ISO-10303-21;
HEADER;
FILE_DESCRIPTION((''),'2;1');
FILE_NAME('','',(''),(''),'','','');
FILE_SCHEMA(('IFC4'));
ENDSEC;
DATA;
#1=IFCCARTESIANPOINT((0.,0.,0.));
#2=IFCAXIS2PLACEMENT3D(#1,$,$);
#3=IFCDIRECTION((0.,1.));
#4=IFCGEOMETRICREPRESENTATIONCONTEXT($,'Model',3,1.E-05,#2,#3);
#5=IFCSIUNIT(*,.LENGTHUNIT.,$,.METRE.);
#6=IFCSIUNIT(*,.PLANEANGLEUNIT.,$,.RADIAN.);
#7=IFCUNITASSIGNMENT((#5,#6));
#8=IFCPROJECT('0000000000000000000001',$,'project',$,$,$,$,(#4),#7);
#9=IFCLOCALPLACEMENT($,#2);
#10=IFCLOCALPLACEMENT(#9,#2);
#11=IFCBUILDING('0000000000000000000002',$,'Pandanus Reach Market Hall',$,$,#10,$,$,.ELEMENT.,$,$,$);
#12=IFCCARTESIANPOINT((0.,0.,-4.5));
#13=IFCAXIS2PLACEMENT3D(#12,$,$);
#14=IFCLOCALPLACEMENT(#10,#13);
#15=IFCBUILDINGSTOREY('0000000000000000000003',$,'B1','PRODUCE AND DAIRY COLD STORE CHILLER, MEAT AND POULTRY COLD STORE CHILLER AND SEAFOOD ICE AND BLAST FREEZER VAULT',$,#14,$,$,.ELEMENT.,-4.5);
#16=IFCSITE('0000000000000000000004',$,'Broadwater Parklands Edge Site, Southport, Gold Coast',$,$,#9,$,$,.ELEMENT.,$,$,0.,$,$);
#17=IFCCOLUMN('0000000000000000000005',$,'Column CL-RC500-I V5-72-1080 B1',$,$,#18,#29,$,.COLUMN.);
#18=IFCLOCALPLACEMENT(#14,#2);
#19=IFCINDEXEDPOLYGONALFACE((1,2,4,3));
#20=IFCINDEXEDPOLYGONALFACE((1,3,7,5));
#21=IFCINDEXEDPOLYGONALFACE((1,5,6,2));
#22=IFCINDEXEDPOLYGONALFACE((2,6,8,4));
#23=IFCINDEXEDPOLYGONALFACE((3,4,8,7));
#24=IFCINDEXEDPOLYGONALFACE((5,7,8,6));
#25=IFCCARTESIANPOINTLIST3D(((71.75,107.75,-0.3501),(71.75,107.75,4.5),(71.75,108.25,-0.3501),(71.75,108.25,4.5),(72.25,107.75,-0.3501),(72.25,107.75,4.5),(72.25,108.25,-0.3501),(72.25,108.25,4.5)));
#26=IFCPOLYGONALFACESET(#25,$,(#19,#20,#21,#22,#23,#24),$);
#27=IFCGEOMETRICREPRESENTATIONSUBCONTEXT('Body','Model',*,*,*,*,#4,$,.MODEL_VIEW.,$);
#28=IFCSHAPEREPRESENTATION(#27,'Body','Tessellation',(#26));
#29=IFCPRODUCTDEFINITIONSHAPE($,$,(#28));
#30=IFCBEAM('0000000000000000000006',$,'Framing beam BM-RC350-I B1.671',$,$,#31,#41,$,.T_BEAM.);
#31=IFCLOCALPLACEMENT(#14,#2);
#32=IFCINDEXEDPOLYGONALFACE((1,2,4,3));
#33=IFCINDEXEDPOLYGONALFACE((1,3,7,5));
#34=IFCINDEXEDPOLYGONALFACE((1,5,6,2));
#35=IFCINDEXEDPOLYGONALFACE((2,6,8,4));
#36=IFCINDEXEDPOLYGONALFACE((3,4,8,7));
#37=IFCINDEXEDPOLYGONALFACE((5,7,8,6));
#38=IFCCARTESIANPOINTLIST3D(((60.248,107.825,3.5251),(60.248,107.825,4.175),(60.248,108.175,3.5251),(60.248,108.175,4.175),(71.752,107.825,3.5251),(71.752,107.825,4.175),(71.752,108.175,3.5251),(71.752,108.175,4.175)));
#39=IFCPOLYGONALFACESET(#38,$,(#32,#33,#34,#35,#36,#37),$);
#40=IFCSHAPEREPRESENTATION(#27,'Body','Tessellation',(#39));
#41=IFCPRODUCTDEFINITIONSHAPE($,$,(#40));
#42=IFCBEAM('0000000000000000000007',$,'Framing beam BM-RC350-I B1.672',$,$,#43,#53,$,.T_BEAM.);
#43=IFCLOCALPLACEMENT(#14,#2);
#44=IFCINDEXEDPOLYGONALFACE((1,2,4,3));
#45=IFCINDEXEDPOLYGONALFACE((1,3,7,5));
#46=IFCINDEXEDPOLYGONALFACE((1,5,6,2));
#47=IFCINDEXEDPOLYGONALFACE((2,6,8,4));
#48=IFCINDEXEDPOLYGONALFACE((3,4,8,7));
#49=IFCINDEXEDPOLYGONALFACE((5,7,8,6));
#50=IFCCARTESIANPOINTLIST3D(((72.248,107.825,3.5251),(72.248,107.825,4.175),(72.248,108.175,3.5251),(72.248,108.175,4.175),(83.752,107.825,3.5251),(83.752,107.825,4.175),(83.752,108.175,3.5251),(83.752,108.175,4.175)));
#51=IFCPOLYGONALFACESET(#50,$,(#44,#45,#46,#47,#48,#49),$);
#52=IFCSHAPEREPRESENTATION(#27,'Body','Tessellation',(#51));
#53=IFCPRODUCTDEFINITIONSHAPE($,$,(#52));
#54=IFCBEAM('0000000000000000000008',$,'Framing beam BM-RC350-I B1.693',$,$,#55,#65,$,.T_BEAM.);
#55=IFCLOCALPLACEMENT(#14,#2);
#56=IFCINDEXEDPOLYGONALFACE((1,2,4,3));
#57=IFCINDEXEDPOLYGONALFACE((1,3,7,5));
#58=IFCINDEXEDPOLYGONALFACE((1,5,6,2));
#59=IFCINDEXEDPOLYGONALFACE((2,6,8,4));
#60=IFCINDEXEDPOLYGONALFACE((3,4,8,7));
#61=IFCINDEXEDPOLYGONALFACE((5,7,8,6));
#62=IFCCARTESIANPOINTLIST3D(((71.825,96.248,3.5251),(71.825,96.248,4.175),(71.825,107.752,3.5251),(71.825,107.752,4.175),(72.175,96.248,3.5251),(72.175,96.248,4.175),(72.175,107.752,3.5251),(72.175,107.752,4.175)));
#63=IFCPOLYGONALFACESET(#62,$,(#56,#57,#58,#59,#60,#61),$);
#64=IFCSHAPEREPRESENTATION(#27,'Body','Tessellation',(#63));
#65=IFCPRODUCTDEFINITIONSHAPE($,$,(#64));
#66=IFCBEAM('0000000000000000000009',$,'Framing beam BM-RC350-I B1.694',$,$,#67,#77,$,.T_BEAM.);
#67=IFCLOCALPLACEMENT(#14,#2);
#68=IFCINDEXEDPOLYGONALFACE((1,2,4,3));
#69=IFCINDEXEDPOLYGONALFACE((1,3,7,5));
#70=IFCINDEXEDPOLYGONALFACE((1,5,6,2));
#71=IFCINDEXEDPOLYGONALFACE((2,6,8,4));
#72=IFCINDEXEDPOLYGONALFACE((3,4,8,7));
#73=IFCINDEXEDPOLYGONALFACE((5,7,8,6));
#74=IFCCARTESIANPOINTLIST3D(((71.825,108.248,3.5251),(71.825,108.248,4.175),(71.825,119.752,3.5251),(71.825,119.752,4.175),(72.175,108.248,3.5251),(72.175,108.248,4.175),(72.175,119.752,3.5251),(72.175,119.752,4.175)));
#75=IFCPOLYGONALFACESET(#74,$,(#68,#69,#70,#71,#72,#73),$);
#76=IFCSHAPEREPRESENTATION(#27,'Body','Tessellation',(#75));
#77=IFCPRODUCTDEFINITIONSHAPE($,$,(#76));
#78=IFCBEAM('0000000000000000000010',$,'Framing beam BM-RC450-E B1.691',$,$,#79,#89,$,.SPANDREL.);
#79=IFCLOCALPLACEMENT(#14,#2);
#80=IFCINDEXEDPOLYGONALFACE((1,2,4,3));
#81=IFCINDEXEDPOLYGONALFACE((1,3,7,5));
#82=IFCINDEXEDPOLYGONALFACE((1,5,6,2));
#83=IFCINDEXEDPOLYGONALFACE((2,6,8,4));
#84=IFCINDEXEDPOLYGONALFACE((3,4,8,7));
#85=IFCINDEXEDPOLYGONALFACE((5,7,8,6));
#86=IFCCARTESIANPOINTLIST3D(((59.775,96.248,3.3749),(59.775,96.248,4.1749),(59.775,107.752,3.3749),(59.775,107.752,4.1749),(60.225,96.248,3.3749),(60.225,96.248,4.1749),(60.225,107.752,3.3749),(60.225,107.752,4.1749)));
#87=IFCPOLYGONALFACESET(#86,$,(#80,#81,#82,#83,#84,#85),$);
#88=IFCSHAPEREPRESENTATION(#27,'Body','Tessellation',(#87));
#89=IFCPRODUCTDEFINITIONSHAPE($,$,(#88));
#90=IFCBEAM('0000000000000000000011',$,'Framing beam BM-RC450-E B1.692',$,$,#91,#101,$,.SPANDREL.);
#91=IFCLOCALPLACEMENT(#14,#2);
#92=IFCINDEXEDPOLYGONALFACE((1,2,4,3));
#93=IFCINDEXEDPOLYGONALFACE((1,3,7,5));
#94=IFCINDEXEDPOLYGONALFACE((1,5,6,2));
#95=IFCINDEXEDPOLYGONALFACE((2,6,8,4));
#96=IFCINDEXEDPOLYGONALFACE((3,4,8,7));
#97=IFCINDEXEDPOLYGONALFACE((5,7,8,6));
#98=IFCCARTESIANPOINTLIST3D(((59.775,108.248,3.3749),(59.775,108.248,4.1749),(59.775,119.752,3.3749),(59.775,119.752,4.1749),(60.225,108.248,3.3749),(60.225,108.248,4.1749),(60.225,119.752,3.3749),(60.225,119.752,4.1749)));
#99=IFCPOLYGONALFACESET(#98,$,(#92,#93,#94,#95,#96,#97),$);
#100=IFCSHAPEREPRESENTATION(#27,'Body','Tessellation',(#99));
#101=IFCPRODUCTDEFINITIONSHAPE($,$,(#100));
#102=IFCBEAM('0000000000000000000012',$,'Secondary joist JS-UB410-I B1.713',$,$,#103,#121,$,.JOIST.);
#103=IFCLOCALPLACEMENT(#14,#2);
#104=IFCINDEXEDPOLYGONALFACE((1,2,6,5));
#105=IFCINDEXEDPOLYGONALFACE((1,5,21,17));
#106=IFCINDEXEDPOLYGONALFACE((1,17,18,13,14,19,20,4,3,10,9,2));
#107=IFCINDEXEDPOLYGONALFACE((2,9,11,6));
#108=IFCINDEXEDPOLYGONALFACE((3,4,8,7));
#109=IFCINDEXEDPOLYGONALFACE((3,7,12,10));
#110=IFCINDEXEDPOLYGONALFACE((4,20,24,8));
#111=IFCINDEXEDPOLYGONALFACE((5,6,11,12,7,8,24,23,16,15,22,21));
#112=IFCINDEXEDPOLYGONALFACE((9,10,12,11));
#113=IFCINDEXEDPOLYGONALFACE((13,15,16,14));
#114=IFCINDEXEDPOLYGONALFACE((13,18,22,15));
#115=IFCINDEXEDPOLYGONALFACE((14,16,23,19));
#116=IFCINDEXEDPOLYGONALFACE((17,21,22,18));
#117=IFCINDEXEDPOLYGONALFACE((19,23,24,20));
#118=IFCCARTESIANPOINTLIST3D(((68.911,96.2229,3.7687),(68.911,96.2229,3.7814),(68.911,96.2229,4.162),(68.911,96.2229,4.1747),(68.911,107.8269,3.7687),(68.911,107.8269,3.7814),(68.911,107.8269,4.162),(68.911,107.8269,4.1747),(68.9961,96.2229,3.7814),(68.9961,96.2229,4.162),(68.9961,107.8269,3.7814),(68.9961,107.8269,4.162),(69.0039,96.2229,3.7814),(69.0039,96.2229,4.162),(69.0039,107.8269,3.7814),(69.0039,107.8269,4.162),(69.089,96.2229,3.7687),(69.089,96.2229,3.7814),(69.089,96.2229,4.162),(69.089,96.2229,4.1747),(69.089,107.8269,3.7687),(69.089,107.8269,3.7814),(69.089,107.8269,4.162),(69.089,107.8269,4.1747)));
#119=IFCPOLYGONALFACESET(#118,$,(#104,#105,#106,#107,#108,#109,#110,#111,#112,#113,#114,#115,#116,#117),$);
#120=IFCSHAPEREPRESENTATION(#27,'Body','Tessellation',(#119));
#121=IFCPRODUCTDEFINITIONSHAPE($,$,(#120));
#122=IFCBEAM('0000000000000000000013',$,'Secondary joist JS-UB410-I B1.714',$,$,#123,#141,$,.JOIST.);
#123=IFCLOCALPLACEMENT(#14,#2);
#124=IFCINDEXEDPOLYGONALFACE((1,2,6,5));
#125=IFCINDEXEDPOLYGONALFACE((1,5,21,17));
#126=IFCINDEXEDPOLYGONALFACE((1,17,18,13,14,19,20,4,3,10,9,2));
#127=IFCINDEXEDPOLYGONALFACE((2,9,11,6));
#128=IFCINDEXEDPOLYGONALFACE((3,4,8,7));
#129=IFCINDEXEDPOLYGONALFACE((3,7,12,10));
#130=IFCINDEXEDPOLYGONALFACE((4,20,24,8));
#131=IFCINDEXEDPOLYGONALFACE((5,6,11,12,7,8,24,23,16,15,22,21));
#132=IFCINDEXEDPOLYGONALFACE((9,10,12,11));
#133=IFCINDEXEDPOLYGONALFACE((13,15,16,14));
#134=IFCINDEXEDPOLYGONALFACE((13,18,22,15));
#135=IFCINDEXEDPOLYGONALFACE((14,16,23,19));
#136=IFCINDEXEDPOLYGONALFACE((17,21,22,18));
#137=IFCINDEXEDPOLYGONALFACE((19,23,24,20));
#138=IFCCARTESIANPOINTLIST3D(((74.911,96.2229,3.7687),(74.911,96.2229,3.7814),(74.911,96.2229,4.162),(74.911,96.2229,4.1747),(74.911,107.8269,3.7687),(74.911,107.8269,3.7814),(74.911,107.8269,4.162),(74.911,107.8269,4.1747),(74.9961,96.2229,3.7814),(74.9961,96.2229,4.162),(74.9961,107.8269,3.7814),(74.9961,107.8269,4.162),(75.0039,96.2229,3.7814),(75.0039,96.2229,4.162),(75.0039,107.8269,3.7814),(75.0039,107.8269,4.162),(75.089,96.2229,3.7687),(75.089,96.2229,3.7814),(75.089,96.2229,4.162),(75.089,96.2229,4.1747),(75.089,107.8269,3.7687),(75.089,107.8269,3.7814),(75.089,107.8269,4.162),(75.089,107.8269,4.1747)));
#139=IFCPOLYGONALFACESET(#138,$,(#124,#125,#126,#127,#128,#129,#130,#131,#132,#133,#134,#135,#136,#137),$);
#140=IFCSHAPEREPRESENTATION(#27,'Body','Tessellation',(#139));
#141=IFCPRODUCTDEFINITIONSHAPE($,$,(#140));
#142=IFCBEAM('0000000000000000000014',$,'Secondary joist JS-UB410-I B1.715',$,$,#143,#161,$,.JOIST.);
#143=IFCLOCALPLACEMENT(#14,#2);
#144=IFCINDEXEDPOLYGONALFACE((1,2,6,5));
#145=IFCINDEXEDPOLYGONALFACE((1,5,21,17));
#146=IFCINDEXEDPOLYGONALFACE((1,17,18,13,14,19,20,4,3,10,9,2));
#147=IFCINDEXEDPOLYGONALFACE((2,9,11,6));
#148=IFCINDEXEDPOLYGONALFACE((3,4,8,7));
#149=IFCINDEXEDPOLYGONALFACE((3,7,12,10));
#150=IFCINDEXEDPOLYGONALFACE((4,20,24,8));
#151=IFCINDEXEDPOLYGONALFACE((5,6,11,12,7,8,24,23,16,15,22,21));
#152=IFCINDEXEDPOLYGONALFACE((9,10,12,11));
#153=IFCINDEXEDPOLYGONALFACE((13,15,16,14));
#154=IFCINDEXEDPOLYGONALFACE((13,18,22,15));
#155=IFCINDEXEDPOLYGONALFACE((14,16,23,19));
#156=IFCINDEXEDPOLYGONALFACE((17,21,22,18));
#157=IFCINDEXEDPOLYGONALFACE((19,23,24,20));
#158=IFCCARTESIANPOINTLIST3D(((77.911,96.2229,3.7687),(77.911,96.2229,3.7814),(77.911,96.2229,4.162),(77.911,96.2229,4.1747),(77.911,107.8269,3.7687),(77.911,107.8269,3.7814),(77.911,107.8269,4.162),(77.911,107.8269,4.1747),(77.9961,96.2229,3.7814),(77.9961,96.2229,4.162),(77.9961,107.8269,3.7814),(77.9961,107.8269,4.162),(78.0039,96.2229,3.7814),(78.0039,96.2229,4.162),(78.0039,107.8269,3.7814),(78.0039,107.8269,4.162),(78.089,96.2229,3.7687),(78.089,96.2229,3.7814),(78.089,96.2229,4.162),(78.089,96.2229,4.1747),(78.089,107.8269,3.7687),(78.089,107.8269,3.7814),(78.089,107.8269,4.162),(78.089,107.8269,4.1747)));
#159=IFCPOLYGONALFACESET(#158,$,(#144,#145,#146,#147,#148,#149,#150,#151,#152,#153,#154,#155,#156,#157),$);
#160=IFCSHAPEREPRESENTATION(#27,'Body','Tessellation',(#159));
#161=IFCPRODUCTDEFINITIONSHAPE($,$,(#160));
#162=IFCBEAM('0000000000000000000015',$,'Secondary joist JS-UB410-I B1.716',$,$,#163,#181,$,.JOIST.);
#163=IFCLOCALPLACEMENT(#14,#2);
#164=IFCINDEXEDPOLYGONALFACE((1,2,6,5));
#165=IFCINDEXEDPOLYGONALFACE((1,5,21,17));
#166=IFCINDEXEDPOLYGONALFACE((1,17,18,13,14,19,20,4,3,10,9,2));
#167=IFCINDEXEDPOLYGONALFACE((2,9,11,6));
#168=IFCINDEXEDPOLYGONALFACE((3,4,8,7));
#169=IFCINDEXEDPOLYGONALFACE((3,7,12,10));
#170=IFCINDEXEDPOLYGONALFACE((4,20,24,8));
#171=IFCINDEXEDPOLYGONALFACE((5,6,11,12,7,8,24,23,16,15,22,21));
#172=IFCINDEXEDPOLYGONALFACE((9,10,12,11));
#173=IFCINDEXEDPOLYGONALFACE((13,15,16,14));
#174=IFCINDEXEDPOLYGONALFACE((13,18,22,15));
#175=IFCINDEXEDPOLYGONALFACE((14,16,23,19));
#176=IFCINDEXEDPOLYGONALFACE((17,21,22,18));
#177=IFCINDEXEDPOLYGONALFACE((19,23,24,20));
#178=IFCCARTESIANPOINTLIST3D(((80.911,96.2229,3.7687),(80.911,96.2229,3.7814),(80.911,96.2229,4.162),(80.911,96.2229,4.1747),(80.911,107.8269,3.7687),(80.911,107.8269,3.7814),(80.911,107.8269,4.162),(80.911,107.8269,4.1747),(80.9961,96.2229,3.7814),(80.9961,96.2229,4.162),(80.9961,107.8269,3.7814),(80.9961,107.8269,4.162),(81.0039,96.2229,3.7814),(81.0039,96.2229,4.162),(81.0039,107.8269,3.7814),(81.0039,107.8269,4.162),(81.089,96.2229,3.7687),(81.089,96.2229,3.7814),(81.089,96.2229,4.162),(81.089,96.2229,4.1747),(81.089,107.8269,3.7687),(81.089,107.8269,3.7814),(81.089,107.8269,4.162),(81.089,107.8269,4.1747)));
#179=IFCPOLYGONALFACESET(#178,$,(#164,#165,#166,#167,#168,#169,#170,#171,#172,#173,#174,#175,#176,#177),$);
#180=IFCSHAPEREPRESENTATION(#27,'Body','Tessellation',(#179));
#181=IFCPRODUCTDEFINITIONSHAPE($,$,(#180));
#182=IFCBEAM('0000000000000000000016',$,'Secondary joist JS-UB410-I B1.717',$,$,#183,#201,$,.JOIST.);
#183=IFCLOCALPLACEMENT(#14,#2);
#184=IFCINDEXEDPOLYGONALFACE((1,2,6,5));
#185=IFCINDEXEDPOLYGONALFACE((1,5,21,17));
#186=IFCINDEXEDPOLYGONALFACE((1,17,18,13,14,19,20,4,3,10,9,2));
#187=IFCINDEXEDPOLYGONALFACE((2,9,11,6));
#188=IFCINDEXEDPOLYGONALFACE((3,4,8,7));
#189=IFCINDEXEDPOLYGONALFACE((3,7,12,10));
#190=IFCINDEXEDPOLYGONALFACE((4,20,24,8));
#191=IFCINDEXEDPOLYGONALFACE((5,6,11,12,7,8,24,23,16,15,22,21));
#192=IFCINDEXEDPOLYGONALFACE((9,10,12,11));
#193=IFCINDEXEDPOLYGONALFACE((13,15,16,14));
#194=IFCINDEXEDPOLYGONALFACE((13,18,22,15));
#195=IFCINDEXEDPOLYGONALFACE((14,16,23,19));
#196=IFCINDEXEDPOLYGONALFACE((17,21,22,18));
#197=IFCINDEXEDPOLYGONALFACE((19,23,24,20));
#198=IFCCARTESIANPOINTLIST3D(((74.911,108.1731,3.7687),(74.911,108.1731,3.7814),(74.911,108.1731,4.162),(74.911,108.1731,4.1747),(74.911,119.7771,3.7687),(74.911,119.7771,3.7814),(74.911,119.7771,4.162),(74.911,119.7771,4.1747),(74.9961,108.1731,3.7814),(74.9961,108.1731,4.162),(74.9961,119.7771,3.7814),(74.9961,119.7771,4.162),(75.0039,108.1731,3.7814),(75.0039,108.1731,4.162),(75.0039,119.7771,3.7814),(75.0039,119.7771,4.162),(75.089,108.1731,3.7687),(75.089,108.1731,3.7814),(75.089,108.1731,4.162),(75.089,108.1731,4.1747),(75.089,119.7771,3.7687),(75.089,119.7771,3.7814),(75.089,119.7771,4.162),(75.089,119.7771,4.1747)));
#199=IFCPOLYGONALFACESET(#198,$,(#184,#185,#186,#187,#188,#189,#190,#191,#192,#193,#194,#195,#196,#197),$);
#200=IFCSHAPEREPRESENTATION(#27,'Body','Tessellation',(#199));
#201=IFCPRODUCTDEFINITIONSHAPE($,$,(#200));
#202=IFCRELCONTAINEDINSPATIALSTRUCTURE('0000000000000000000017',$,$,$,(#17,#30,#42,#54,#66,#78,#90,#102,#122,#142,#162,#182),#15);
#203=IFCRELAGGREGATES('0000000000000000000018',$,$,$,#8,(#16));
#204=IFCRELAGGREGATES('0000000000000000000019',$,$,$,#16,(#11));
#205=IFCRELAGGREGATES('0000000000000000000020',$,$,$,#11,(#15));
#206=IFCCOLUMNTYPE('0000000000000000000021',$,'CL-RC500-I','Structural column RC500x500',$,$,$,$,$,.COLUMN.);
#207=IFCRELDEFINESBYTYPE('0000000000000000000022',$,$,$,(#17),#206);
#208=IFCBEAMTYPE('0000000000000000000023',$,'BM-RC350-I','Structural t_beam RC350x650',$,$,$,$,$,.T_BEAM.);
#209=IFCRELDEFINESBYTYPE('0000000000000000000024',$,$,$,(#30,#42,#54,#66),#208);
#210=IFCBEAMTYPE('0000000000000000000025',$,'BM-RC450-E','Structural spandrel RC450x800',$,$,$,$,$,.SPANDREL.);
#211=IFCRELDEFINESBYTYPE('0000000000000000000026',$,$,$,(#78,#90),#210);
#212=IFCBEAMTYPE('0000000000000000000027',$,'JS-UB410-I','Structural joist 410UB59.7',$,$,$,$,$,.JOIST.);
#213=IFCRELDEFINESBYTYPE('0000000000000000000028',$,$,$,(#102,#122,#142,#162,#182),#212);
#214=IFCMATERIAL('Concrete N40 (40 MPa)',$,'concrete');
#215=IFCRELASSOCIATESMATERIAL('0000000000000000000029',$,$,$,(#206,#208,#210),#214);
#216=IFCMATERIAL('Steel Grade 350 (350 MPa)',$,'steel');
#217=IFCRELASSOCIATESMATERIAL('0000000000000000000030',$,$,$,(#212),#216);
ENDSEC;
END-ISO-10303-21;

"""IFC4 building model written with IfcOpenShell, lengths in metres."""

from ifc_helpers import new_model, si_unit, direction, frame, origin, origin_2d, place, context, subcontext, project, spatial, rectangle, i_section, extrude, material, material_profile, profile_set, type_object, element, save


model = new_model("IFC4")

# Units and contexts
model_context = context("Model", 3, precision=1e-05, world=origin(), true_north=direction((0.0, 1.0)))
body_context = subcontext(model_context, "Body", "Model", "MODEL_VIEW")
ifc_project = project(units=[si_unit("LENGTHUNIT", "METRE"), si_unit("PLANEANGLEUNIT", "RADIAN")], contexts=[model_context])

# Site, building, storey
site_placement = place(None, origin())
site = spatial("IfcSite", under=ifc_project, at=site_placement, Name="Broadwater Parklands Edge Site, Southport, Gold Coast", CompositionType="ELEMENT", RefElevation=0.0)
building_placement = place(site_placement, origin())
building = spatial("IfcBuilding", under=site, at=building_placement, Name="Pandanus Reach Market Hall", CompositionType="ELEMENT")
storey_placement = place(building_placement, frame((0.0, 0.0, -4.5)))
storey = spatial("IfcBuildingStorey", under=building, at=storey_placement, Name="B1", Description="PRODUCE AND DAIRY COLD STORE CHILLER, MEAT AND POULTRY COLD STORE CHILLER AND SEAFOOD ICE AND BLAST FREEZER VAULT", CompositionType="ELEMENT", Elevation=-4.5)

# Shared definitions
ifc_material_1 = material(Name="Concrete N40 (40 MPa)", Category="concrete")

# Column
ifc_material_profile_1 = material_profile(ifc_material_1, rectangle(XDim=0.5, YDim=0.5, at=origin_2d()), Name="RC500x500", Category="LoadBearing")
ifc_profile_set_1 = profile_set([ifc_material_profile_1], Name="Concrete N40 (40 MPa)")
column_type_1 = type_object("IfcColumnType", Name="CL-RC500-I", Description="Structural column RC500x500", PredefinedType="COLUMN", material=ifc_profile_set_1)
column_1_placement = place(storey_placement, frame((72.0, 108.0, -0.3501), z_axis=(0.0, 0.0, 1.0), x_axis=(1.0, 0.0, 0.0)))
element("IfcColumn", 1, at=column_1_placement, inside=storey, type_object=column_type_1, Name="Column CL-RC500-I V5-72-1080 B1", PredefinedType="COLUMN", context=body_context, shape_type="SweptSolid", body=[
    extrude(rectangle(XDim=0.5, YDim=0.5, at=origin_2d()), origin(), (0.0, 0.0, 1.0), 4.8501),
])

# Beams
ifc_material_profile_2 = material_profile(ifc_material_1, rectangle(XDim=0.3501, YDim=0.6499, at=origin_2d()), Name="RC350x650", Category="LoadBearing")
ifc_profile_set_2 = profile_set([ifc_material_profile_2], Name="Concrete N40 (40 MPa)")
beam_type_1 = type_object("IfcBeamType", Name="BM-RC350-I", Description="Structural t_beam RC350x650", PredefinedType="T_BEAM", material=ifc_profile_set_2)
for number, where, z_axis, x_axis, name in (
    (2, (60.248, 108.0, 3.8501), (1.0, 0.0, 0.0), (0.0, 1.0, 0.0), "Framing beam BM-RC350-I B1.671"),
    (3, (72.248, 108.0, 3.8501), (1.0, 0.0, 0.0), (0.0, 1.0, 0.0), "Framing beam BM-RC350-I B1.672"),
    (4, (72.0, 96.248, 3.8501), (0.0, 1.0, 0.0), (-1.0, 0.0, 0.0), "Framing beam BM-RC350-I B1.693"),
    (5, (72.0, 108.248, 3.8501), (0.0, 1.0, 0.0), (-1.0, 0.0, 0.0), "Framing beam BM-RC350-I B1.694"),
):
    element("IfcBeam", number, at=place(storey_placement, frame(where, z_axis=z_axis, x_axis=x_axis)), inside=storey, type_object=beam_type_1, Name=name, PredefinedType="T_BEAM", context=body_context, shape_type="SweptSolid", body=[
        extrude(rectangle(XDim=0.3501, YDim=0.6499, at=origin_2d()), origin(), (0.0, 0.0, 1.0), 11.5039),
    ])
ifc_material_profile_3 = material_profile(ifc_material_1, rectangle(XDim=0.45, YDim=0.8, at=origin_2d()), Name="RC450x800", Category="LoadBearing")
ifc_profile_set_3 = profile_set([ifc_material_profile_3], Name="Concrete N40 (40 MPa)")
beam_type_2 = type_object("IfcBeamType", Name="BM-RC450-E", Description="Structural spandrel RC450x800", PredefinedType="SPANDREL", material=ifc_profile_set_3)
for number, where, z_axis, x_axis, name in (
    (6, (60.0, 96.248, 3.7749), (0.0, 1.0, 0.0), (-1.0, 0.0, 0.0), "Framing beam BM-RC450-E B1.691"),
    (7, (60.0, 108.248, 3.7749), (0.0, 1.0, 0.0), (-1.0, 0.0, 0.0), "Framing beam BM-RC450-E B1.692"),
):
    element("IfcBeam", number, at=place(storey_placement, frame(where, z_axis=z_axis, x_axis=x_axis)), inside=storey, type_object=beam_type_2, Name=name, PredefinedType="SPANDREL", context=body_context, shape_type="SweptSolid", body=[
        extrude(rectangle(XDim=0.45, YDim=0.8, at=origin_2d()), origin(), (0.0, 0.0, 1.0), 11.5039),
    ])
ifc_material_2 = material(Name="Steel Grade 350 (350 MPa)", Category="steel")
ifc_material_profile_4 = material_profile(ifc_material_2, i_section(OverallWidth=0.178, OverallDepth=0.406, WebThickness=0.0078, FlangeThickness=0.0127, at=origin_2d()), Name="410UB59.7", Category="LoadBearing")
ifc_profile_set_4 = profile_set([ifc_material_profile_4], Name="Steel Grade 350 (350 MPa)")
beam_type_3 = type_object("IfcBeamType", Name="JS-UB410-I", Description="Structural joist 410UB59.7", PredefinedType="JOIST", material=ifc_profile_set_4)
for number, where, z_axis, x_axis, name in (
    (8, (69.0, 96.2229, 3.9717), (0.0, 1.0, 0.0), (-1.0, 0.0, 0.0), "Secondary joist JS-UB410-I B1.713"),
    (9, (75.0, 96.2229, 3.9717), (0.0, 1.0, 0.0), (-1.0, 0.0, 0.0), "Secondary joist JS-UB410-I B1.714"),
    (10, (78.0, 96.2229, 3.9717), (0.0, 1.0, 0.0), (-1.0, 0.0, 0.0), "Secondary joist JS-UB410-I B1.715"),
    (11, (81.0, 96.2229, 3.9717), (0.0, 1.0, 0.0), (-1.0, 0.0, 0.0), "Secondary joist JS-UB410-I B1.716"),
    (12, (75.0, 108.1731, 3.9717), (0.0, 1.0, 0.0), (-1.0, 0.0, 0.0), "Secondary joist JS-UB410-I B1.717"),
):
    element("IfcBeam", number, at=place(storey_placement, frame(where, z_axis=z_axis, x_axis=x_axis)), inside=storey, type_object=beam_type_3, Name=name, PredefinedType="JOIST", context=body_context, shape_type="SweptSolid", body=[
        extrude(i_section(OverallWidth=0.178, OverallDepth=0.406, WebThickness=0.0078, FlangeThickness=0.0127, at=origin_2d()), origin(), (0.0, 0.0, 1.0), 11.604),
    ])

save(model, "model.ifc")
